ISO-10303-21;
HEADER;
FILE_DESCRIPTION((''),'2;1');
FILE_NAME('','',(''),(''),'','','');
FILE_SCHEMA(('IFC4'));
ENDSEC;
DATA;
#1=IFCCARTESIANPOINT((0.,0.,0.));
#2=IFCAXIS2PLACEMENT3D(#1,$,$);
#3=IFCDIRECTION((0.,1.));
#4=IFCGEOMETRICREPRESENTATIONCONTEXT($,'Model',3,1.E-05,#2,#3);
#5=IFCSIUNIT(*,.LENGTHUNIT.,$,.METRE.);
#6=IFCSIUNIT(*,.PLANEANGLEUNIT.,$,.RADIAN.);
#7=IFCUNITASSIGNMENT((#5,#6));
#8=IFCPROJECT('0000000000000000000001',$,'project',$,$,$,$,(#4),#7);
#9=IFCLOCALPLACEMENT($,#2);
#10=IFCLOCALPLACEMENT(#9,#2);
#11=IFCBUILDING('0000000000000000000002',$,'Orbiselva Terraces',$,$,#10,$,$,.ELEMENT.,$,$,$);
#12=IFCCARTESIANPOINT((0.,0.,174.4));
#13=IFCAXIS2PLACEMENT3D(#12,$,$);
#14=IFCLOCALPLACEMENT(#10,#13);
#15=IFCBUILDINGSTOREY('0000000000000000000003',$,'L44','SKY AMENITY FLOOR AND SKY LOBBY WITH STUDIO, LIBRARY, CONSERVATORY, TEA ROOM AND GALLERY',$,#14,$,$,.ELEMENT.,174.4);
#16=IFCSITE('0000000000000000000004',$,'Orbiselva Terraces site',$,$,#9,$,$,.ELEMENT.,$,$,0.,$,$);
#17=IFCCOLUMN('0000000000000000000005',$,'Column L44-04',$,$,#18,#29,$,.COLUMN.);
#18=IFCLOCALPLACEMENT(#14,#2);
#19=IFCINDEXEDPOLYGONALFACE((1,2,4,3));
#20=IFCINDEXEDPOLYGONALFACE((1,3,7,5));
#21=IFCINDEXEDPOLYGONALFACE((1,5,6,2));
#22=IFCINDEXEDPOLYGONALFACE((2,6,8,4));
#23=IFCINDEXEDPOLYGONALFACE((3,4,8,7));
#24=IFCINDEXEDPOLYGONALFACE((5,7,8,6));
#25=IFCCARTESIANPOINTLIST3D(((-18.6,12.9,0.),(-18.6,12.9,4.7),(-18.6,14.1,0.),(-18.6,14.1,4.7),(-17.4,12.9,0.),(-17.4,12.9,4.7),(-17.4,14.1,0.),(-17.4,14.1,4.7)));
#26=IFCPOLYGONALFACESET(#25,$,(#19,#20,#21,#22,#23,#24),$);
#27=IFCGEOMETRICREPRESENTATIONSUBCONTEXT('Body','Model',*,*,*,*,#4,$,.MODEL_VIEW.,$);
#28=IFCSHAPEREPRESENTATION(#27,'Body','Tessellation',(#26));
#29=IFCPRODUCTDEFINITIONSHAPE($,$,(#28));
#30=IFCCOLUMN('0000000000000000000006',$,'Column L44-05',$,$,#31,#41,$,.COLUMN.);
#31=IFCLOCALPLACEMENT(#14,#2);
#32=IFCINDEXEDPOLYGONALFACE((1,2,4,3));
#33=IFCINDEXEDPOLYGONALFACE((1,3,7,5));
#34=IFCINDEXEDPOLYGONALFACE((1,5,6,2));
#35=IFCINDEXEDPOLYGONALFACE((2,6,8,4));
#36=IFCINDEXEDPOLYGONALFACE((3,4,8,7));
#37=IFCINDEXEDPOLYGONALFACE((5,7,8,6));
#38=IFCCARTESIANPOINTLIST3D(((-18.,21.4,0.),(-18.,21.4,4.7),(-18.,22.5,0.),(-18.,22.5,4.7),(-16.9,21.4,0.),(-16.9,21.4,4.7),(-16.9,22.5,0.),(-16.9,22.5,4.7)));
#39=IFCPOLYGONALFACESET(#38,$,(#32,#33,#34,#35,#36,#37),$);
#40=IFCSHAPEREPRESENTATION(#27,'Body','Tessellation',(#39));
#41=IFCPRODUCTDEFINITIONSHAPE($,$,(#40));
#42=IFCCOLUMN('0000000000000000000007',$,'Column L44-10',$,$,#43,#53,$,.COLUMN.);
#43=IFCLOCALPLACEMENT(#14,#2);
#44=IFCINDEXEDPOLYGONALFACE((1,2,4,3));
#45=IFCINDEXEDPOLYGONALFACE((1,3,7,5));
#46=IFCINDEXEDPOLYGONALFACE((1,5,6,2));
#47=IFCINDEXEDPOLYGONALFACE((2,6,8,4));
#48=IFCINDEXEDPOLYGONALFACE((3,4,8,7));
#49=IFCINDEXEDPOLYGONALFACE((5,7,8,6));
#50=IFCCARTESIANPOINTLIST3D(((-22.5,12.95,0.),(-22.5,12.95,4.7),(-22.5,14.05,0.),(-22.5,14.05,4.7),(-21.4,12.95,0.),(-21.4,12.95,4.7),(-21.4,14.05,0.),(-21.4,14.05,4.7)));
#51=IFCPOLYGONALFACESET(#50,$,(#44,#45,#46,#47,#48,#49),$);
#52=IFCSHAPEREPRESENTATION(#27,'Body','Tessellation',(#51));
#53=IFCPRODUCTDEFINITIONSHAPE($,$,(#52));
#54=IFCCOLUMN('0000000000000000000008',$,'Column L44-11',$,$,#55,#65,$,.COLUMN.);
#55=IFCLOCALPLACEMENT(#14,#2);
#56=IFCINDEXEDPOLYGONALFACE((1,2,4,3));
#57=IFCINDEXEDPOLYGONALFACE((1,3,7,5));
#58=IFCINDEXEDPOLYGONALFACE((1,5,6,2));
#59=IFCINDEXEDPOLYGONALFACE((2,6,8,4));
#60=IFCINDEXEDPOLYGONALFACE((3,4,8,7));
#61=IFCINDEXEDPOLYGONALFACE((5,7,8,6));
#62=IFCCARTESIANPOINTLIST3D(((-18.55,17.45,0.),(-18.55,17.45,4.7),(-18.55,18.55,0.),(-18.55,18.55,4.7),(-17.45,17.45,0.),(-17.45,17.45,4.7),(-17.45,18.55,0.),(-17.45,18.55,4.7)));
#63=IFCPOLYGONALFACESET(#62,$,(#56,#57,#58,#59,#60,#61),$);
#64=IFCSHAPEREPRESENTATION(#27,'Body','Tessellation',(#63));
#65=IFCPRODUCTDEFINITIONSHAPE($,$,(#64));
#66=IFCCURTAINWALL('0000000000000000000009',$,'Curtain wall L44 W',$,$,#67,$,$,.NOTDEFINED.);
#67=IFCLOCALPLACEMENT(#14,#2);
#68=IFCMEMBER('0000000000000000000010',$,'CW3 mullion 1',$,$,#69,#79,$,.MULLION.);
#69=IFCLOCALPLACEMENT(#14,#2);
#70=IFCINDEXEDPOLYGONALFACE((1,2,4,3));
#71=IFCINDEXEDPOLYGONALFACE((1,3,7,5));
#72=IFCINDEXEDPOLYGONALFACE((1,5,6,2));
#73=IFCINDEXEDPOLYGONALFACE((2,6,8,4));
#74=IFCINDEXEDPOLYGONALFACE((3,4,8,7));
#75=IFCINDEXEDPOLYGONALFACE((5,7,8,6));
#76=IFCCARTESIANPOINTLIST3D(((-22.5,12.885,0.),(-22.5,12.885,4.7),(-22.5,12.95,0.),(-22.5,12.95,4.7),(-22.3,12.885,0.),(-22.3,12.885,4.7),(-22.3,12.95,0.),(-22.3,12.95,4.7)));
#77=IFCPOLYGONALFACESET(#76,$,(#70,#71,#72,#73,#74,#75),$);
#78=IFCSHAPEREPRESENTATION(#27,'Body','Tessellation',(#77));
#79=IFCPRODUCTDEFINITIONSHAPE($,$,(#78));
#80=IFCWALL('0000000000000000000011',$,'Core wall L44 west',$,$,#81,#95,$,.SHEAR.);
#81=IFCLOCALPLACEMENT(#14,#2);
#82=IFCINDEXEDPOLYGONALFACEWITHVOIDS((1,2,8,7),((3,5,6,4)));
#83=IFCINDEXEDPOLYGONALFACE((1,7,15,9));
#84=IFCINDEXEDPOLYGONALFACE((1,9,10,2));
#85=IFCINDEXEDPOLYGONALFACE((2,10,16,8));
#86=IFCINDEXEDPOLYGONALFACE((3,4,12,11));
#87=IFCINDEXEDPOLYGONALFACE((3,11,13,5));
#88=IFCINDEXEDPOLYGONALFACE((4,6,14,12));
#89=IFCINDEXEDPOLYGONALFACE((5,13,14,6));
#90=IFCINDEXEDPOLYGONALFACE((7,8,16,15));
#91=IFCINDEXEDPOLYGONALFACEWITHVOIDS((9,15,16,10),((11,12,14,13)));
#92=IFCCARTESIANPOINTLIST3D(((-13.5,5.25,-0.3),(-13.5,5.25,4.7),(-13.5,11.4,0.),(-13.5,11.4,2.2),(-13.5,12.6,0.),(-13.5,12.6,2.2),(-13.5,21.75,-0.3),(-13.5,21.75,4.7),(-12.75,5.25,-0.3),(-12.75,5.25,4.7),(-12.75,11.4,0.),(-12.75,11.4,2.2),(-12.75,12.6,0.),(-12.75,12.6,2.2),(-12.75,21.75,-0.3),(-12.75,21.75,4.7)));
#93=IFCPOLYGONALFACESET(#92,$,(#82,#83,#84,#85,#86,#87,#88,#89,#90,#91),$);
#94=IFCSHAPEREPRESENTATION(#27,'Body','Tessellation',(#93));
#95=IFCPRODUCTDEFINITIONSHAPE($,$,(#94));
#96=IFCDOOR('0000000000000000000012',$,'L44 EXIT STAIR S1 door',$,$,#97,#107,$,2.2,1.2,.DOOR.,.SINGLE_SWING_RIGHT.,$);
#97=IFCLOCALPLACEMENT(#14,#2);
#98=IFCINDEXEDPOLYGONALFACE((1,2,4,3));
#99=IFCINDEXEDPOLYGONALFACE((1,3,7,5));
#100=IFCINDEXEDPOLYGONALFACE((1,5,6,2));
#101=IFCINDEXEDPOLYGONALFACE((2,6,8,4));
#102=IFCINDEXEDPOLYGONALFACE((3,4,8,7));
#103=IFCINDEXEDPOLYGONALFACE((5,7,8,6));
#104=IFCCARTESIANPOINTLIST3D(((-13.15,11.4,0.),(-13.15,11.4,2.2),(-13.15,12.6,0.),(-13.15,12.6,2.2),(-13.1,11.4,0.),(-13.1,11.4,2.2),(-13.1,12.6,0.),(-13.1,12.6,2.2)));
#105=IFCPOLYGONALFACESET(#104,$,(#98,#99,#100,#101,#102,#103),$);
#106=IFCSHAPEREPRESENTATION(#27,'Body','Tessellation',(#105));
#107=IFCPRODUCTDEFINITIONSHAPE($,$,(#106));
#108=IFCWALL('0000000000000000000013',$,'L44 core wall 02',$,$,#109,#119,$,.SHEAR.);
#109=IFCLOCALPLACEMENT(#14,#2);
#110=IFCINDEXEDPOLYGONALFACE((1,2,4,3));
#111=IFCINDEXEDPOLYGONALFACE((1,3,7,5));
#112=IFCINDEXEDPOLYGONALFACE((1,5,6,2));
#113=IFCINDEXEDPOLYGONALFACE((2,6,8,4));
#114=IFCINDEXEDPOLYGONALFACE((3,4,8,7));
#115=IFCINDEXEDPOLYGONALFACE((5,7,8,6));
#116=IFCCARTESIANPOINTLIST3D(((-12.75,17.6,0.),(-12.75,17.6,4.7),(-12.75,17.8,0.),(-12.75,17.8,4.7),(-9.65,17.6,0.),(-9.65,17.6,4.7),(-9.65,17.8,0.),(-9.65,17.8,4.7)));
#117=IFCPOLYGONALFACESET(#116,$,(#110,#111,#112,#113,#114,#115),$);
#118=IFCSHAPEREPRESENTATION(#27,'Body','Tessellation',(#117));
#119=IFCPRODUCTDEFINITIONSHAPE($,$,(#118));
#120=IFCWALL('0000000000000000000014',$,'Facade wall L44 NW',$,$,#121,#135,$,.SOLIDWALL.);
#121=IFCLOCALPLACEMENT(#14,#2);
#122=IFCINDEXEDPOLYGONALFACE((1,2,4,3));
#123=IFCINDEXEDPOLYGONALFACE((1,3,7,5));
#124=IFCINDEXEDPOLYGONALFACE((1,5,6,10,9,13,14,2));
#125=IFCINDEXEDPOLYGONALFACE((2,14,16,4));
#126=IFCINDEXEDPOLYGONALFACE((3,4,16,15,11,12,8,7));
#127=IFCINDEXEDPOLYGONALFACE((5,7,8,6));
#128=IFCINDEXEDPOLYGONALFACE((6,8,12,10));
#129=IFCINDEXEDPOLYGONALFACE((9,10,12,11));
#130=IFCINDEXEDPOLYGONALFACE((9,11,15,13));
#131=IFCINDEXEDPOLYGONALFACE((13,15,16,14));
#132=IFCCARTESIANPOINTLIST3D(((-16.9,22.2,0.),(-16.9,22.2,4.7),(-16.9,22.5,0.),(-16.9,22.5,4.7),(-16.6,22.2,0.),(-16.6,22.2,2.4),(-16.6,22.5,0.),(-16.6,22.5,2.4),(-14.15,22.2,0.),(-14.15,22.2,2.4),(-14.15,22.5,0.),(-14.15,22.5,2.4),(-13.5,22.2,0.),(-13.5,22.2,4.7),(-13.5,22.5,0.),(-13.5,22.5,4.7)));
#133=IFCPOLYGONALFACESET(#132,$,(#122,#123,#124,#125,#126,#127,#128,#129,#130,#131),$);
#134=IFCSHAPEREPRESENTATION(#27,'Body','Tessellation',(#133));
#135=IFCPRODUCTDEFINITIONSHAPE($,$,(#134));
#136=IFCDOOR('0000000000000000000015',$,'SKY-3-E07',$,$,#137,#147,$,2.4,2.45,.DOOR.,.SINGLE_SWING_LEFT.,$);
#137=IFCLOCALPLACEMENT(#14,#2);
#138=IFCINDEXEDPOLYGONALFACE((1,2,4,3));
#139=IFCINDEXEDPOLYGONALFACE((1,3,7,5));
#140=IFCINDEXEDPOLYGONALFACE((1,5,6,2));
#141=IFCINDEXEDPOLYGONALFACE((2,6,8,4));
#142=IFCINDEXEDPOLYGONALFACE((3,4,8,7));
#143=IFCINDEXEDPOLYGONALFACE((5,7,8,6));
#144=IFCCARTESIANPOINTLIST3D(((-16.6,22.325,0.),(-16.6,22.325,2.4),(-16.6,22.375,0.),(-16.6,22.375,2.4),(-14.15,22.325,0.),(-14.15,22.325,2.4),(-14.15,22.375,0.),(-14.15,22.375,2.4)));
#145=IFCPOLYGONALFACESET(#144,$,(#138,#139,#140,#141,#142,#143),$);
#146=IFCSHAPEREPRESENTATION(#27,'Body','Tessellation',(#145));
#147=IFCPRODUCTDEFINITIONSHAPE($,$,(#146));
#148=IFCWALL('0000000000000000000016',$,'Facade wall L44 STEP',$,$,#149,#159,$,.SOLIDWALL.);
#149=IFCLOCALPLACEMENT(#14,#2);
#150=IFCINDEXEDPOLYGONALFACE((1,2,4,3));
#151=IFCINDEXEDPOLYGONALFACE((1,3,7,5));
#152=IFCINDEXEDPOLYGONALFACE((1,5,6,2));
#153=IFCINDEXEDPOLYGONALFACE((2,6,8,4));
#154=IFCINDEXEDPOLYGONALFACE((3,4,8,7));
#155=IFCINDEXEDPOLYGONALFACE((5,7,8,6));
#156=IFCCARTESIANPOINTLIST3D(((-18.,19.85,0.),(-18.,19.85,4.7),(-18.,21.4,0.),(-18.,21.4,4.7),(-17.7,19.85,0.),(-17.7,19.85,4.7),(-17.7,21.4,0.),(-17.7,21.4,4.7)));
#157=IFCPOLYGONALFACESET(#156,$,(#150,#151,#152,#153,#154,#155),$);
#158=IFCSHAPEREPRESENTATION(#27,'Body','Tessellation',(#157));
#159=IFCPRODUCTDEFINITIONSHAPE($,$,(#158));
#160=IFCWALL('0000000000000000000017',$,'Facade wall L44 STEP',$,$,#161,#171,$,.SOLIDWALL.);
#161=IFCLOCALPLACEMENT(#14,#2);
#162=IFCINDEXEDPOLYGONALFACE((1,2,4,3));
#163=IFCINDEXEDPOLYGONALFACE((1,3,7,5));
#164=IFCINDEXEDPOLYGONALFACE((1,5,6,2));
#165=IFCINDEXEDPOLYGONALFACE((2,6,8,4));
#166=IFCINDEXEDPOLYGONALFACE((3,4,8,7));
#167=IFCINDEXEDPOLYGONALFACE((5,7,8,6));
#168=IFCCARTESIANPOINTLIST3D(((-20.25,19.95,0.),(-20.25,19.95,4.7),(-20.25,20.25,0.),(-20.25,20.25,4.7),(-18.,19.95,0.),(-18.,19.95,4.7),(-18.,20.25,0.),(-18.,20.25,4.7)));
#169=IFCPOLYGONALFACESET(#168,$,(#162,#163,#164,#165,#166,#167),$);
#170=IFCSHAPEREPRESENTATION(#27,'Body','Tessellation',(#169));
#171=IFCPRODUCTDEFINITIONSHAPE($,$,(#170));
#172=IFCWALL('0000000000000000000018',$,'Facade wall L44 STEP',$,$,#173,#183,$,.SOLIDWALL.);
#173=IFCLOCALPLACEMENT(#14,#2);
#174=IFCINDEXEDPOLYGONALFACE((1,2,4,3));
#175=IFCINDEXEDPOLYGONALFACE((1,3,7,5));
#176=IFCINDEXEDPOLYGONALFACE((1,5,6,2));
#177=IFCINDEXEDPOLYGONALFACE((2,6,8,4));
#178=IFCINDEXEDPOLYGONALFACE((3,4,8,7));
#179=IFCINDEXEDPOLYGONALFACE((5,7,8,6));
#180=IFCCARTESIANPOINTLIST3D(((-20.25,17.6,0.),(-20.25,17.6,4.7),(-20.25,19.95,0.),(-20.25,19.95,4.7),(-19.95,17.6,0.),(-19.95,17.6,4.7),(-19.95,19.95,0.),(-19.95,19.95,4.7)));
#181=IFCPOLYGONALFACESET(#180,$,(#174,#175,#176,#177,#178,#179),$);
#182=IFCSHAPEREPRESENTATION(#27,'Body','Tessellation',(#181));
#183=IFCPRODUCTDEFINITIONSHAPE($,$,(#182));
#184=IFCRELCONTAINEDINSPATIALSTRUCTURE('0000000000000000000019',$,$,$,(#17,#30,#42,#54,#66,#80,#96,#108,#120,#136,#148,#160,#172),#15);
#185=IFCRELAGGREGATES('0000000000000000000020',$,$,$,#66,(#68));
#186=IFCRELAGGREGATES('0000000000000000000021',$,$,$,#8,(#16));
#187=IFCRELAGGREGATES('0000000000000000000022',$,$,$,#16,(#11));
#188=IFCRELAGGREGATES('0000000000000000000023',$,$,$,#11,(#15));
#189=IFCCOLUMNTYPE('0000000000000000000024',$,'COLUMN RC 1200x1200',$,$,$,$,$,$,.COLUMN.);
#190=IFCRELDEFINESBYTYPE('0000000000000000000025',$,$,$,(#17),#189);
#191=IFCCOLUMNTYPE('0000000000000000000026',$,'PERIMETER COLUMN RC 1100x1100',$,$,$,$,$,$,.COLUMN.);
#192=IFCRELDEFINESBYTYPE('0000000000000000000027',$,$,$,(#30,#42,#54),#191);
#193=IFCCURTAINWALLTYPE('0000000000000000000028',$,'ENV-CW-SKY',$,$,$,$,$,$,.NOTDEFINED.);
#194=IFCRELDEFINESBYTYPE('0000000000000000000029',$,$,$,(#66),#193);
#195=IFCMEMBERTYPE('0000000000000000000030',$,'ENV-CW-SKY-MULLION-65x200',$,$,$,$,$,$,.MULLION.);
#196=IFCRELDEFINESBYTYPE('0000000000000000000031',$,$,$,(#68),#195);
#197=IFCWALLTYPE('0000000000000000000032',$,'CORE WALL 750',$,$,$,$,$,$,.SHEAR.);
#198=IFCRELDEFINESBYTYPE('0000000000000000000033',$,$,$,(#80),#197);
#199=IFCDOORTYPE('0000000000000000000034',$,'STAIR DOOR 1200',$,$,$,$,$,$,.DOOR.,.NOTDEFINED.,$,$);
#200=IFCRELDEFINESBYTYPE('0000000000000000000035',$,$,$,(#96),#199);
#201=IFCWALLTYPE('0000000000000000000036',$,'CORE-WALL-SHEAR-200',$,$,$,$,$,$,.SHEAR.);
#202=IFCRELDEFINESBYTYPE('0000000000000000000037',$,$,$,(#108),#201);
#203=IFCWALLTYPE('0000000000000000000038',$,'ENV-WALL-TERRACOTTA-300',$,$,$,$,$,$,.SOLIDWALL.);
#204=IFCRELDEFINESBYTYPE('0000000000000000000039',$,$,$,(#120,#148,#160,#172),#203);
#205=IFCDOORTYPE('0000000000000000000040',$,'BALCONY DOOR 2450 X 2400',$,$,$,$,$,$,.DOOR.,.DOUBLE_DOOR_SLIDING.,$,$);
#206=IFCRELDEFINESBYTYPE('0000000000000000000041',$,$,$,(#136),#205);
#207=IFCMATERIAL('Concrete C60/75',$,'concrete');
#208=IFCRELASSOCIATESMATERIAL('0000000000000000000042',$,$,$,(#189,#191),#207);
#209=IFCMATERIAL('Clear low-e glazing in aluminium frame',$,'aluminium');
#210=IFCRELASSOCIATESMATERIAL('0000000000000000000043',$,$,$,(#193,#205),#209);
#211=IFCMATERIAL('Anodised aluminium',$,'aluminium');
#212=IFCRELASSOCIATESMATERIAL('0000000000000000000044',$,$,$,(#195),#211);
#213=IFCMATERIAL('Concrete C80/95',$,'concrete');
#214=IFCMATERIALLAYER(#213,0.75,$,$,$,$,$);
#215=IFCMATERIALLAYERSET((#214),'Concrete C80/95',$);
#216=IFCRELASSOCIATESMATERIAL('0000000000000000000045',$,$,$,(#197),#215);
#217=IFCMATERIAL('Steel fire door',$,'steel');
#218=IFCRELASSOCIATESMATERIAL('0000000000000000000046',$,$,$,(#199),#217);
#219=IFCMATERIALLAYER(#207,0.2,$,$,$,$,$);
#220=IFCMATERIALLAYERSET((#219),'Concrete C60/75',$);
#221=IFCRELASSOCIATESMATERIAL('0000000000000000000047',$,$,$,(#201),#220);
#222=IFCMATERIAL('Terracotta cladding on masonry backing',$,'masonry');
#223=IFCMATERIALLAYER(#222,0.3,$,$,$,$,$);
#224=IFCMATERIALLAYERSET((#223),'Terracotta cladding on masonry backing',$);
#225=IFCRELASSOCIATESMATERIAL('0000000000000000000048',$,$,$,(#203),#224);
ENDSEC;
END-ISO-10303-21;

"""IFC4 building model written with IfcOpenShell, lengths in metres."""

from ifc_helpers import new_model, si_unit, direction, frame, frame_2d, origin, origin_2d, place, context, subcontext, project, spatial, rectangle, extrude, material, layer, layer_set, material_profile, profile_set, type_object, element, fill, aggregate, save


model = new_model("IFC4")

# Units and contexts
model_context = context("Model", 3, precision=1e-05, world=origin(), true_north=direction((0.0, 1.0)))
body_context = subcontext(model_context, "Body", "Model", "MODEL_VIEW")
ifc_project = project(units=[si_unit("LENGTHUNIT", "METRE"), si_unit("PLANEANGLEUNIT", "RADIAN")], contexts=[model_context])

# Site, building, storey
site_placement = place(None, origin())
site = spatial("IfcSite", under=ifc_project, at=site_placement, Name="Orbiselva Terraces site", CompositionType="ELEMENT", RefElevation=0.0)
building_placement = place(site_placement, origin())
building = spatial("IfcBuilding", under=site, at=building_placement, Name="Orbiselva Terraces", CompositionType="ELEMENT")
storey_placement = place(building_placement, frame((0.0, 0.0, 174.4)))
storey = spatial("IfcBuildingStorey", under=building, at=storey_placement, Name="L44", Description="SKY AMENITY FLOOR AND SKY LOBBY WITH STUDIO, LIBRARY, CONSERVATORY, TEA ROOM AND GALLERY", CompositionType="ELEMENT", Elevation=174.4)

# Columns
ifc_material_1 = material(Name="Concrete C60/75", Category="concrete")
ifc_material_profile_1 = material_profile(ifc_material_1, rectangle(XDim=1.2, YDim=1.2, at=origin_2d()), Name="RC 1200x1200")
ifc_profile_set_1 = profile_set([ifc_material_profile_1], Name="Concrete C60/75")
column_type_1 = type_object("IfcColumnType", Name="COLUMN RC 1200x1200", PredefinedType="COLUMN", material=ifc_profile_set_1)
column_placement = place(storey_placement, frame((-18.0, 13.5, 0.0), z_axis=(0.0, 0.0, 1.0), x_axis=(1.0, 0.0, 0.0)))
element("IfcColumn", 1, at=column_placement, inside=storey, type_object=column_type_1, Name="Column L44-04", PredefinedType="COLUMN", context=body_context, shape_type="SweptSolid", body=[
    extrude(rectangle(XDim=1.2, YDim=1.2, at=origin_2d()), origin(), (0.0, 0.0, 1.0), 4.7),
])
ifc_material_profile_2 = material_profile(ifc_material_1, rectangle(XDim=1.1, YDim=1.1, at=origin_2d()), Name="RC 1100x1100")
ifc_profile_set_2 = profile_set([ifc_material_profile_2], Name="Concrete C60/75")
column_type_2 = type_object("IfcColumnType", Name="PERIMETER COLUMN RC 1100x1100", PredefinedType="COLUMN", material=ifc_profile_set_2)
for number, where, z_axis, x_axis, name in (
    (2, (-17.45, 21.95, 0.0), (0.0, 0.0, 1.0), (1.0, 0.0, 0.0), "Column L44-05"),
    (3, (-21.95, 13.5, 0.0), (0.0, 0.0, 1.0), (1.0, 0.0, 0.0), "Column L44-10"),
    (4, (-18.0, 18.0, 0.0), (0.0, 0.0, 1.0), (1.0, 0.0, 0.0), "Column L44-11"),
):
    element("IfcColumn", number, at=place(storey_placement, frame(where, z_axis=z_axis, x_axis=x_axis)), inside=storey, type_object=column_type_2, Name=name, PredefinedType="COLUMN", context=body_context, shape_type="SweptSolid", body=[
        extrude(rectangle(XDim=1.1, YDim=1.1, at=origin_2d()), origin(), (0.0, 0.0, 1.0), 4.7),
    ])

# Curtain wall, member
ifc_material_2 = material(Name="Clear low-e glazing in aluminium frame", Category="aluminium")
curtain_wall_type = type_object("IfcCurtainWallType", Name="ENV-CW-SKY", PredefinedType="NOTDEFINED", material=ifc_material_2)
curtain_wall_placement = place(storey_placement, origin())
curtain_wall = element("IfcCurtainWall", 5, at=curtain_wall_placement, inside=storey, type_object=curtain_wall_type, Name="Curtain wall L44 W", PredefinedType="NOTDEFINED")
ifc_material_3 = material(Name="Anodised aluminium", Category="aluminium")
ifc_material_profile_3 = material_profile(ifc_material_3, rectangle(XDim=0.2, YDim=0.065, at=origin_2d()), Name="AL 65x200")
ifc_profile_set_3 = profile_set([ifc_material_profile_3], Name="Anodised aluminium")
member_type = type_object("IfcMemberType", Name="ENV-CW-SKY-MULLION-65x200", PredefinedType="MULLION", material=ifc_profile_set_3)
member_placement = place(storey_placement, frame((-22.4, 12.9175, 0.0), z_axis=(0.0, 0.0, 1.0), x_axis=(1.0, 0.0, 0.0)))
member = element("IfcMember", 6, at=member_placement, type_object=member_type, Name="CW3 mullion 1", PredefinedType="MULLION", context=body_context, shape_type="SweptSolid", body=[
    extrude(rectangle(XDim=0.2, YDim=0.065, at=origin_2d()), origin(), (0.0, 0.0, 1.0), 4.7),
])
aggregate(curtain_wall, [member])

# Wall, opening, door
ifc_material_4 = material(Name="Concrete C80/95", Category="concrete")
ifc_layer_1 = layer(ifc_material_4, 0.75)
ifc_layer_set_1 = layer_set([ifc_layer_1], Name="Concrete C80/95")
wall_type_1 = type_object("IfcWallType", Name="CORE WALL 750", PredefinedType="SHEAR", material=ifc_layer_set_1)
wall_1_placement = place(storey_placement, frame((-13.125, 21.75, -0.3), z_axis=(0.0, 0.0, 1.0), x_axis=(0.0, -1.0, 0.0)))
wall_1 = element("IfcWall", 7, at=wall_1_placement, inside=storey, type_object=wall_type_1, Name="Core wall L44 west", PredefinedType="SHEAR", context=body_context, shape_type="SweptSolid", body=[
    extrude(rectangle(XDim=16.5, YDim=0.75, at=frame_2d((8.25, 0.0))), origin(), (0.0, 0.0, 1.0), 5.0),
])
opening_1_placement = place(wall_1_placement, frame((9.15, 0.0, 0.3)))
opening_1 = element("IfcOpeningElement", 8, at=opening_1_placement, cuts=wall_1, PredefinedType="OPENING", context=body_context, shape_type="SweptSolid", body=[
    extrude(rectangle(XDim=1.2, YDim=2.2, at=frame_2d((0.6, 1.1))), frame((0.0, 0.385, 0.0), z_axis=(0.0, -1.0, 0.0), x_axis=(1.0, 0.0, 0.0)), (0.0, 0.0, 1.0), 0.77),
])
ifc_material_5 = material(Name="Steel fire door", Category="steel")
door_type_1 = type_object("IfcDoorType", Name="STAIR DOOR 1200", OperationType="NOTDEFINED", PredefinedType="DOOR", material=ifc_material_5)
door_1_placement = place(opening_1_placement, frame((1.2, 0.0, 0.0), z_axis=(0.0, 0.0, 1.0), x_axis=(-1.0, 0.0, 0.0)))
door_1 = element("IfcDoor", 9, at=door_1_placement, inside=storey, type_object=door_type_1, Name="L44 EXIT STAIR S1 door", OperationType="SINGLE_SWING_RIGHT", OverallHeight=2.2, OverallWidth=1.2, PredefinedType="DOOR", context=body_context, shape_type="SweptSolid", body=[
    extrude(rectangle(XDim=1.2, YDim=2.2, at=frame_2d((0.6, 1.1))), frame((0.0, 0.025, 0.0), z_axis=(0.0, -1.0, 0.0), x_axis=(1.0, 0.0, 0.0)), (0.0, 0.0, 1.0), 0.05),
])
fill(opening_1, door_1)

# Wall
ifc_layer_2 = layer(ifc_material_1, 0.2)
ifc_layer_set_2 = layer_set([ifc_layer_2], Name="Concrete C60/75")
wall_type_2 = type_object("IfcWallType", Name="CORE-WALL-SHEAR-200", PredefinedType="SHEAR", material=ifc_layer_set_2)
wall_2_placement = place(storey_placement, frame((-12.75, 17.7, 0.0), z_axis=(0.0, 0.0, 1.0), x_axis=(1.0, 0.0, 0.0)))
element("IfcWall", 10, at=wall_2_placement, inside=storey, type_object=wall_type_2, Name="L44 core wall 02", PredefinedType="SHEAR", context=body_context, shape_type="SweptSolid", body=[
    extrude(rectangle(XDim=3.1, YDim=0.2, at=frame_2d((1.55, 0.0))), origin(), (0.0, 0.0, 1.0), 4.7),
])

# Wall, opening, door
ifc_material_6 = material(Name="Terracotta cladding on masonry backing", Category="masonry")
ifc_layer_3 = layer(ifc_material_6, 0.3)
ifc_layer_set_3 = layer_set([ifc_layer_3], Name="Terracotta cladding on masonry backing")
wall_type_3 = type_object("IfcWallType", Name="ENV-WALL-TERRACOTTA-300", PredefinedType="SOLIDWALL", material=ifc_layer_set_3)
wall_3_placement = place(storey_placement, frame((-16.9, 22.35, 0.0), z_axis=(0.0, 0.0, 1.0), x_axis=(1.0, 0.0, 0.0)))
wall_3 = element("IfcWall", 11, at=wall_3_placement, inside=storey, type_object=wall_type_3, Name="Facade wall L44 NW", PredefinedType="SOLIDWALL", context=body_context, shape_type="SweptSolid", body=[
    extrude(rectangle(XDim=3.4, YDim=0.3, at=frame_2d((1.7, 0.0))), origin(), (0.0, 0.0, 1.0), 4.7),
])
opening_2_placement = place(wall_3_placement, frame((0.3, 0.0, 0.0)))
opening_2 = element("IfcOpeningElement", 12, at=opening_2_placement, cuts=wall_3, PredefinedType="OPENING", context=body_context, shape_type="SweptSolid", body=[
    extrude(rectangle(XDim=2.45, YDim=2.4, at=frame_2d((1.225, 1.2))), frame((0.0, 0.16, 0.0), z_axis=(0.0, -1.0, 0.0), x_axis=(1.0, 0.0, 0.0)), (0.0, 0.0, 1.0), 0.32),
])
door_type_2 = type_object("IfcDoorType", Name="BALCONY DOOR 2450 X 2400", OperationType="DOUBLE_DOOR_SLIDING", PredefinedType="DOOR", material=ifc_material_2)
door_2_placement = place(opening_2_placement, origin())
door_2 = element("IfcDoor", 13, at=door_2_placement, inside=storey, type_object=door_type_2, Name="SKY-3-E07", OperationType="SINGLE_SWING_LEFT", OverallHeight=2.4, OverallWidth=2.45, PredefinedType="DOOR", context=body_context, shape_type="SweptSolid", body=[
    extrude(rectangle(XDim=2.45, YDim=2.4, at=frame_2d((1.225, 1.2))), frame((0.0, 0.025, 0.0), z_axis=(0.0, -1.0, 0.0), x_axis=(1.0, 0.0, 0.0)), (0.0, 0.0, 1.0), 0.05),
])
fill(opening_2, door_2)

# Walls
wall_4_placement = place(storey_placement, frame((-17.85, 19.85, 0.0), z_axis=(0.0, 0.0, 1.0), x_axis=(0.0, 1.0, 0.0)))
element("IfcWall", 14, at=wall_4_placement, inside=storey, type_object=wall_type_3, Name="Facade wall L44 STEP", PredefinedType="SOLIDWALL", context=body_context, shape_type="SweptSolid", body=[
    extrude(rectangle(XDim=1.55, YDim=0.3, at=frame_2d((0.775, 0.0))), origin(), (0.0, 0.0, 1.0), 4.7),
])
wall_5_placement = place(storey_placement, frame((-20.25, 20.1, 0.0), z_axis=(0.0, 0.0, 1.0), x_axis=(1.0, 0.0, 0.0)))
element("IfcWall", 15, at=wall_5_placement, inside=storey, type_object=wall_type_3, Name="Facade wall L44 STEP", PredefinedType="SOLIDWALL", context=body_context, shape_type="SweptSolid", body=[
    extrude(rectangle(XDim=2.25, YDim=0.3, at=frame_2d((1.125, 0.0))), origin(), (0.0, 0.0, 1.0), 4.7),
])
wall_6_placement = place(storey_placement, frame((-20.1, 17.6, 0.0), z_axis=(0.0, 0.0, 1.0), x_axis=(0.0, 1.0, 0.0)))
element("IfcWall", 16, at=wall_6_placement, inside=storey, type_object=wall_type_3, Name="Facade wall L44 STEP", PredefinedType="SOLIDWALL", context=body_context, shape_type="SweptSolid", body=[
    extrude(rectangle(XDim=2.35, YDim=0.3, at=frame_2d((1.175, 0.0))), origin(), (0.0, 0.0, 1.0), 4.7),
])

save(model, "model.ifc")
